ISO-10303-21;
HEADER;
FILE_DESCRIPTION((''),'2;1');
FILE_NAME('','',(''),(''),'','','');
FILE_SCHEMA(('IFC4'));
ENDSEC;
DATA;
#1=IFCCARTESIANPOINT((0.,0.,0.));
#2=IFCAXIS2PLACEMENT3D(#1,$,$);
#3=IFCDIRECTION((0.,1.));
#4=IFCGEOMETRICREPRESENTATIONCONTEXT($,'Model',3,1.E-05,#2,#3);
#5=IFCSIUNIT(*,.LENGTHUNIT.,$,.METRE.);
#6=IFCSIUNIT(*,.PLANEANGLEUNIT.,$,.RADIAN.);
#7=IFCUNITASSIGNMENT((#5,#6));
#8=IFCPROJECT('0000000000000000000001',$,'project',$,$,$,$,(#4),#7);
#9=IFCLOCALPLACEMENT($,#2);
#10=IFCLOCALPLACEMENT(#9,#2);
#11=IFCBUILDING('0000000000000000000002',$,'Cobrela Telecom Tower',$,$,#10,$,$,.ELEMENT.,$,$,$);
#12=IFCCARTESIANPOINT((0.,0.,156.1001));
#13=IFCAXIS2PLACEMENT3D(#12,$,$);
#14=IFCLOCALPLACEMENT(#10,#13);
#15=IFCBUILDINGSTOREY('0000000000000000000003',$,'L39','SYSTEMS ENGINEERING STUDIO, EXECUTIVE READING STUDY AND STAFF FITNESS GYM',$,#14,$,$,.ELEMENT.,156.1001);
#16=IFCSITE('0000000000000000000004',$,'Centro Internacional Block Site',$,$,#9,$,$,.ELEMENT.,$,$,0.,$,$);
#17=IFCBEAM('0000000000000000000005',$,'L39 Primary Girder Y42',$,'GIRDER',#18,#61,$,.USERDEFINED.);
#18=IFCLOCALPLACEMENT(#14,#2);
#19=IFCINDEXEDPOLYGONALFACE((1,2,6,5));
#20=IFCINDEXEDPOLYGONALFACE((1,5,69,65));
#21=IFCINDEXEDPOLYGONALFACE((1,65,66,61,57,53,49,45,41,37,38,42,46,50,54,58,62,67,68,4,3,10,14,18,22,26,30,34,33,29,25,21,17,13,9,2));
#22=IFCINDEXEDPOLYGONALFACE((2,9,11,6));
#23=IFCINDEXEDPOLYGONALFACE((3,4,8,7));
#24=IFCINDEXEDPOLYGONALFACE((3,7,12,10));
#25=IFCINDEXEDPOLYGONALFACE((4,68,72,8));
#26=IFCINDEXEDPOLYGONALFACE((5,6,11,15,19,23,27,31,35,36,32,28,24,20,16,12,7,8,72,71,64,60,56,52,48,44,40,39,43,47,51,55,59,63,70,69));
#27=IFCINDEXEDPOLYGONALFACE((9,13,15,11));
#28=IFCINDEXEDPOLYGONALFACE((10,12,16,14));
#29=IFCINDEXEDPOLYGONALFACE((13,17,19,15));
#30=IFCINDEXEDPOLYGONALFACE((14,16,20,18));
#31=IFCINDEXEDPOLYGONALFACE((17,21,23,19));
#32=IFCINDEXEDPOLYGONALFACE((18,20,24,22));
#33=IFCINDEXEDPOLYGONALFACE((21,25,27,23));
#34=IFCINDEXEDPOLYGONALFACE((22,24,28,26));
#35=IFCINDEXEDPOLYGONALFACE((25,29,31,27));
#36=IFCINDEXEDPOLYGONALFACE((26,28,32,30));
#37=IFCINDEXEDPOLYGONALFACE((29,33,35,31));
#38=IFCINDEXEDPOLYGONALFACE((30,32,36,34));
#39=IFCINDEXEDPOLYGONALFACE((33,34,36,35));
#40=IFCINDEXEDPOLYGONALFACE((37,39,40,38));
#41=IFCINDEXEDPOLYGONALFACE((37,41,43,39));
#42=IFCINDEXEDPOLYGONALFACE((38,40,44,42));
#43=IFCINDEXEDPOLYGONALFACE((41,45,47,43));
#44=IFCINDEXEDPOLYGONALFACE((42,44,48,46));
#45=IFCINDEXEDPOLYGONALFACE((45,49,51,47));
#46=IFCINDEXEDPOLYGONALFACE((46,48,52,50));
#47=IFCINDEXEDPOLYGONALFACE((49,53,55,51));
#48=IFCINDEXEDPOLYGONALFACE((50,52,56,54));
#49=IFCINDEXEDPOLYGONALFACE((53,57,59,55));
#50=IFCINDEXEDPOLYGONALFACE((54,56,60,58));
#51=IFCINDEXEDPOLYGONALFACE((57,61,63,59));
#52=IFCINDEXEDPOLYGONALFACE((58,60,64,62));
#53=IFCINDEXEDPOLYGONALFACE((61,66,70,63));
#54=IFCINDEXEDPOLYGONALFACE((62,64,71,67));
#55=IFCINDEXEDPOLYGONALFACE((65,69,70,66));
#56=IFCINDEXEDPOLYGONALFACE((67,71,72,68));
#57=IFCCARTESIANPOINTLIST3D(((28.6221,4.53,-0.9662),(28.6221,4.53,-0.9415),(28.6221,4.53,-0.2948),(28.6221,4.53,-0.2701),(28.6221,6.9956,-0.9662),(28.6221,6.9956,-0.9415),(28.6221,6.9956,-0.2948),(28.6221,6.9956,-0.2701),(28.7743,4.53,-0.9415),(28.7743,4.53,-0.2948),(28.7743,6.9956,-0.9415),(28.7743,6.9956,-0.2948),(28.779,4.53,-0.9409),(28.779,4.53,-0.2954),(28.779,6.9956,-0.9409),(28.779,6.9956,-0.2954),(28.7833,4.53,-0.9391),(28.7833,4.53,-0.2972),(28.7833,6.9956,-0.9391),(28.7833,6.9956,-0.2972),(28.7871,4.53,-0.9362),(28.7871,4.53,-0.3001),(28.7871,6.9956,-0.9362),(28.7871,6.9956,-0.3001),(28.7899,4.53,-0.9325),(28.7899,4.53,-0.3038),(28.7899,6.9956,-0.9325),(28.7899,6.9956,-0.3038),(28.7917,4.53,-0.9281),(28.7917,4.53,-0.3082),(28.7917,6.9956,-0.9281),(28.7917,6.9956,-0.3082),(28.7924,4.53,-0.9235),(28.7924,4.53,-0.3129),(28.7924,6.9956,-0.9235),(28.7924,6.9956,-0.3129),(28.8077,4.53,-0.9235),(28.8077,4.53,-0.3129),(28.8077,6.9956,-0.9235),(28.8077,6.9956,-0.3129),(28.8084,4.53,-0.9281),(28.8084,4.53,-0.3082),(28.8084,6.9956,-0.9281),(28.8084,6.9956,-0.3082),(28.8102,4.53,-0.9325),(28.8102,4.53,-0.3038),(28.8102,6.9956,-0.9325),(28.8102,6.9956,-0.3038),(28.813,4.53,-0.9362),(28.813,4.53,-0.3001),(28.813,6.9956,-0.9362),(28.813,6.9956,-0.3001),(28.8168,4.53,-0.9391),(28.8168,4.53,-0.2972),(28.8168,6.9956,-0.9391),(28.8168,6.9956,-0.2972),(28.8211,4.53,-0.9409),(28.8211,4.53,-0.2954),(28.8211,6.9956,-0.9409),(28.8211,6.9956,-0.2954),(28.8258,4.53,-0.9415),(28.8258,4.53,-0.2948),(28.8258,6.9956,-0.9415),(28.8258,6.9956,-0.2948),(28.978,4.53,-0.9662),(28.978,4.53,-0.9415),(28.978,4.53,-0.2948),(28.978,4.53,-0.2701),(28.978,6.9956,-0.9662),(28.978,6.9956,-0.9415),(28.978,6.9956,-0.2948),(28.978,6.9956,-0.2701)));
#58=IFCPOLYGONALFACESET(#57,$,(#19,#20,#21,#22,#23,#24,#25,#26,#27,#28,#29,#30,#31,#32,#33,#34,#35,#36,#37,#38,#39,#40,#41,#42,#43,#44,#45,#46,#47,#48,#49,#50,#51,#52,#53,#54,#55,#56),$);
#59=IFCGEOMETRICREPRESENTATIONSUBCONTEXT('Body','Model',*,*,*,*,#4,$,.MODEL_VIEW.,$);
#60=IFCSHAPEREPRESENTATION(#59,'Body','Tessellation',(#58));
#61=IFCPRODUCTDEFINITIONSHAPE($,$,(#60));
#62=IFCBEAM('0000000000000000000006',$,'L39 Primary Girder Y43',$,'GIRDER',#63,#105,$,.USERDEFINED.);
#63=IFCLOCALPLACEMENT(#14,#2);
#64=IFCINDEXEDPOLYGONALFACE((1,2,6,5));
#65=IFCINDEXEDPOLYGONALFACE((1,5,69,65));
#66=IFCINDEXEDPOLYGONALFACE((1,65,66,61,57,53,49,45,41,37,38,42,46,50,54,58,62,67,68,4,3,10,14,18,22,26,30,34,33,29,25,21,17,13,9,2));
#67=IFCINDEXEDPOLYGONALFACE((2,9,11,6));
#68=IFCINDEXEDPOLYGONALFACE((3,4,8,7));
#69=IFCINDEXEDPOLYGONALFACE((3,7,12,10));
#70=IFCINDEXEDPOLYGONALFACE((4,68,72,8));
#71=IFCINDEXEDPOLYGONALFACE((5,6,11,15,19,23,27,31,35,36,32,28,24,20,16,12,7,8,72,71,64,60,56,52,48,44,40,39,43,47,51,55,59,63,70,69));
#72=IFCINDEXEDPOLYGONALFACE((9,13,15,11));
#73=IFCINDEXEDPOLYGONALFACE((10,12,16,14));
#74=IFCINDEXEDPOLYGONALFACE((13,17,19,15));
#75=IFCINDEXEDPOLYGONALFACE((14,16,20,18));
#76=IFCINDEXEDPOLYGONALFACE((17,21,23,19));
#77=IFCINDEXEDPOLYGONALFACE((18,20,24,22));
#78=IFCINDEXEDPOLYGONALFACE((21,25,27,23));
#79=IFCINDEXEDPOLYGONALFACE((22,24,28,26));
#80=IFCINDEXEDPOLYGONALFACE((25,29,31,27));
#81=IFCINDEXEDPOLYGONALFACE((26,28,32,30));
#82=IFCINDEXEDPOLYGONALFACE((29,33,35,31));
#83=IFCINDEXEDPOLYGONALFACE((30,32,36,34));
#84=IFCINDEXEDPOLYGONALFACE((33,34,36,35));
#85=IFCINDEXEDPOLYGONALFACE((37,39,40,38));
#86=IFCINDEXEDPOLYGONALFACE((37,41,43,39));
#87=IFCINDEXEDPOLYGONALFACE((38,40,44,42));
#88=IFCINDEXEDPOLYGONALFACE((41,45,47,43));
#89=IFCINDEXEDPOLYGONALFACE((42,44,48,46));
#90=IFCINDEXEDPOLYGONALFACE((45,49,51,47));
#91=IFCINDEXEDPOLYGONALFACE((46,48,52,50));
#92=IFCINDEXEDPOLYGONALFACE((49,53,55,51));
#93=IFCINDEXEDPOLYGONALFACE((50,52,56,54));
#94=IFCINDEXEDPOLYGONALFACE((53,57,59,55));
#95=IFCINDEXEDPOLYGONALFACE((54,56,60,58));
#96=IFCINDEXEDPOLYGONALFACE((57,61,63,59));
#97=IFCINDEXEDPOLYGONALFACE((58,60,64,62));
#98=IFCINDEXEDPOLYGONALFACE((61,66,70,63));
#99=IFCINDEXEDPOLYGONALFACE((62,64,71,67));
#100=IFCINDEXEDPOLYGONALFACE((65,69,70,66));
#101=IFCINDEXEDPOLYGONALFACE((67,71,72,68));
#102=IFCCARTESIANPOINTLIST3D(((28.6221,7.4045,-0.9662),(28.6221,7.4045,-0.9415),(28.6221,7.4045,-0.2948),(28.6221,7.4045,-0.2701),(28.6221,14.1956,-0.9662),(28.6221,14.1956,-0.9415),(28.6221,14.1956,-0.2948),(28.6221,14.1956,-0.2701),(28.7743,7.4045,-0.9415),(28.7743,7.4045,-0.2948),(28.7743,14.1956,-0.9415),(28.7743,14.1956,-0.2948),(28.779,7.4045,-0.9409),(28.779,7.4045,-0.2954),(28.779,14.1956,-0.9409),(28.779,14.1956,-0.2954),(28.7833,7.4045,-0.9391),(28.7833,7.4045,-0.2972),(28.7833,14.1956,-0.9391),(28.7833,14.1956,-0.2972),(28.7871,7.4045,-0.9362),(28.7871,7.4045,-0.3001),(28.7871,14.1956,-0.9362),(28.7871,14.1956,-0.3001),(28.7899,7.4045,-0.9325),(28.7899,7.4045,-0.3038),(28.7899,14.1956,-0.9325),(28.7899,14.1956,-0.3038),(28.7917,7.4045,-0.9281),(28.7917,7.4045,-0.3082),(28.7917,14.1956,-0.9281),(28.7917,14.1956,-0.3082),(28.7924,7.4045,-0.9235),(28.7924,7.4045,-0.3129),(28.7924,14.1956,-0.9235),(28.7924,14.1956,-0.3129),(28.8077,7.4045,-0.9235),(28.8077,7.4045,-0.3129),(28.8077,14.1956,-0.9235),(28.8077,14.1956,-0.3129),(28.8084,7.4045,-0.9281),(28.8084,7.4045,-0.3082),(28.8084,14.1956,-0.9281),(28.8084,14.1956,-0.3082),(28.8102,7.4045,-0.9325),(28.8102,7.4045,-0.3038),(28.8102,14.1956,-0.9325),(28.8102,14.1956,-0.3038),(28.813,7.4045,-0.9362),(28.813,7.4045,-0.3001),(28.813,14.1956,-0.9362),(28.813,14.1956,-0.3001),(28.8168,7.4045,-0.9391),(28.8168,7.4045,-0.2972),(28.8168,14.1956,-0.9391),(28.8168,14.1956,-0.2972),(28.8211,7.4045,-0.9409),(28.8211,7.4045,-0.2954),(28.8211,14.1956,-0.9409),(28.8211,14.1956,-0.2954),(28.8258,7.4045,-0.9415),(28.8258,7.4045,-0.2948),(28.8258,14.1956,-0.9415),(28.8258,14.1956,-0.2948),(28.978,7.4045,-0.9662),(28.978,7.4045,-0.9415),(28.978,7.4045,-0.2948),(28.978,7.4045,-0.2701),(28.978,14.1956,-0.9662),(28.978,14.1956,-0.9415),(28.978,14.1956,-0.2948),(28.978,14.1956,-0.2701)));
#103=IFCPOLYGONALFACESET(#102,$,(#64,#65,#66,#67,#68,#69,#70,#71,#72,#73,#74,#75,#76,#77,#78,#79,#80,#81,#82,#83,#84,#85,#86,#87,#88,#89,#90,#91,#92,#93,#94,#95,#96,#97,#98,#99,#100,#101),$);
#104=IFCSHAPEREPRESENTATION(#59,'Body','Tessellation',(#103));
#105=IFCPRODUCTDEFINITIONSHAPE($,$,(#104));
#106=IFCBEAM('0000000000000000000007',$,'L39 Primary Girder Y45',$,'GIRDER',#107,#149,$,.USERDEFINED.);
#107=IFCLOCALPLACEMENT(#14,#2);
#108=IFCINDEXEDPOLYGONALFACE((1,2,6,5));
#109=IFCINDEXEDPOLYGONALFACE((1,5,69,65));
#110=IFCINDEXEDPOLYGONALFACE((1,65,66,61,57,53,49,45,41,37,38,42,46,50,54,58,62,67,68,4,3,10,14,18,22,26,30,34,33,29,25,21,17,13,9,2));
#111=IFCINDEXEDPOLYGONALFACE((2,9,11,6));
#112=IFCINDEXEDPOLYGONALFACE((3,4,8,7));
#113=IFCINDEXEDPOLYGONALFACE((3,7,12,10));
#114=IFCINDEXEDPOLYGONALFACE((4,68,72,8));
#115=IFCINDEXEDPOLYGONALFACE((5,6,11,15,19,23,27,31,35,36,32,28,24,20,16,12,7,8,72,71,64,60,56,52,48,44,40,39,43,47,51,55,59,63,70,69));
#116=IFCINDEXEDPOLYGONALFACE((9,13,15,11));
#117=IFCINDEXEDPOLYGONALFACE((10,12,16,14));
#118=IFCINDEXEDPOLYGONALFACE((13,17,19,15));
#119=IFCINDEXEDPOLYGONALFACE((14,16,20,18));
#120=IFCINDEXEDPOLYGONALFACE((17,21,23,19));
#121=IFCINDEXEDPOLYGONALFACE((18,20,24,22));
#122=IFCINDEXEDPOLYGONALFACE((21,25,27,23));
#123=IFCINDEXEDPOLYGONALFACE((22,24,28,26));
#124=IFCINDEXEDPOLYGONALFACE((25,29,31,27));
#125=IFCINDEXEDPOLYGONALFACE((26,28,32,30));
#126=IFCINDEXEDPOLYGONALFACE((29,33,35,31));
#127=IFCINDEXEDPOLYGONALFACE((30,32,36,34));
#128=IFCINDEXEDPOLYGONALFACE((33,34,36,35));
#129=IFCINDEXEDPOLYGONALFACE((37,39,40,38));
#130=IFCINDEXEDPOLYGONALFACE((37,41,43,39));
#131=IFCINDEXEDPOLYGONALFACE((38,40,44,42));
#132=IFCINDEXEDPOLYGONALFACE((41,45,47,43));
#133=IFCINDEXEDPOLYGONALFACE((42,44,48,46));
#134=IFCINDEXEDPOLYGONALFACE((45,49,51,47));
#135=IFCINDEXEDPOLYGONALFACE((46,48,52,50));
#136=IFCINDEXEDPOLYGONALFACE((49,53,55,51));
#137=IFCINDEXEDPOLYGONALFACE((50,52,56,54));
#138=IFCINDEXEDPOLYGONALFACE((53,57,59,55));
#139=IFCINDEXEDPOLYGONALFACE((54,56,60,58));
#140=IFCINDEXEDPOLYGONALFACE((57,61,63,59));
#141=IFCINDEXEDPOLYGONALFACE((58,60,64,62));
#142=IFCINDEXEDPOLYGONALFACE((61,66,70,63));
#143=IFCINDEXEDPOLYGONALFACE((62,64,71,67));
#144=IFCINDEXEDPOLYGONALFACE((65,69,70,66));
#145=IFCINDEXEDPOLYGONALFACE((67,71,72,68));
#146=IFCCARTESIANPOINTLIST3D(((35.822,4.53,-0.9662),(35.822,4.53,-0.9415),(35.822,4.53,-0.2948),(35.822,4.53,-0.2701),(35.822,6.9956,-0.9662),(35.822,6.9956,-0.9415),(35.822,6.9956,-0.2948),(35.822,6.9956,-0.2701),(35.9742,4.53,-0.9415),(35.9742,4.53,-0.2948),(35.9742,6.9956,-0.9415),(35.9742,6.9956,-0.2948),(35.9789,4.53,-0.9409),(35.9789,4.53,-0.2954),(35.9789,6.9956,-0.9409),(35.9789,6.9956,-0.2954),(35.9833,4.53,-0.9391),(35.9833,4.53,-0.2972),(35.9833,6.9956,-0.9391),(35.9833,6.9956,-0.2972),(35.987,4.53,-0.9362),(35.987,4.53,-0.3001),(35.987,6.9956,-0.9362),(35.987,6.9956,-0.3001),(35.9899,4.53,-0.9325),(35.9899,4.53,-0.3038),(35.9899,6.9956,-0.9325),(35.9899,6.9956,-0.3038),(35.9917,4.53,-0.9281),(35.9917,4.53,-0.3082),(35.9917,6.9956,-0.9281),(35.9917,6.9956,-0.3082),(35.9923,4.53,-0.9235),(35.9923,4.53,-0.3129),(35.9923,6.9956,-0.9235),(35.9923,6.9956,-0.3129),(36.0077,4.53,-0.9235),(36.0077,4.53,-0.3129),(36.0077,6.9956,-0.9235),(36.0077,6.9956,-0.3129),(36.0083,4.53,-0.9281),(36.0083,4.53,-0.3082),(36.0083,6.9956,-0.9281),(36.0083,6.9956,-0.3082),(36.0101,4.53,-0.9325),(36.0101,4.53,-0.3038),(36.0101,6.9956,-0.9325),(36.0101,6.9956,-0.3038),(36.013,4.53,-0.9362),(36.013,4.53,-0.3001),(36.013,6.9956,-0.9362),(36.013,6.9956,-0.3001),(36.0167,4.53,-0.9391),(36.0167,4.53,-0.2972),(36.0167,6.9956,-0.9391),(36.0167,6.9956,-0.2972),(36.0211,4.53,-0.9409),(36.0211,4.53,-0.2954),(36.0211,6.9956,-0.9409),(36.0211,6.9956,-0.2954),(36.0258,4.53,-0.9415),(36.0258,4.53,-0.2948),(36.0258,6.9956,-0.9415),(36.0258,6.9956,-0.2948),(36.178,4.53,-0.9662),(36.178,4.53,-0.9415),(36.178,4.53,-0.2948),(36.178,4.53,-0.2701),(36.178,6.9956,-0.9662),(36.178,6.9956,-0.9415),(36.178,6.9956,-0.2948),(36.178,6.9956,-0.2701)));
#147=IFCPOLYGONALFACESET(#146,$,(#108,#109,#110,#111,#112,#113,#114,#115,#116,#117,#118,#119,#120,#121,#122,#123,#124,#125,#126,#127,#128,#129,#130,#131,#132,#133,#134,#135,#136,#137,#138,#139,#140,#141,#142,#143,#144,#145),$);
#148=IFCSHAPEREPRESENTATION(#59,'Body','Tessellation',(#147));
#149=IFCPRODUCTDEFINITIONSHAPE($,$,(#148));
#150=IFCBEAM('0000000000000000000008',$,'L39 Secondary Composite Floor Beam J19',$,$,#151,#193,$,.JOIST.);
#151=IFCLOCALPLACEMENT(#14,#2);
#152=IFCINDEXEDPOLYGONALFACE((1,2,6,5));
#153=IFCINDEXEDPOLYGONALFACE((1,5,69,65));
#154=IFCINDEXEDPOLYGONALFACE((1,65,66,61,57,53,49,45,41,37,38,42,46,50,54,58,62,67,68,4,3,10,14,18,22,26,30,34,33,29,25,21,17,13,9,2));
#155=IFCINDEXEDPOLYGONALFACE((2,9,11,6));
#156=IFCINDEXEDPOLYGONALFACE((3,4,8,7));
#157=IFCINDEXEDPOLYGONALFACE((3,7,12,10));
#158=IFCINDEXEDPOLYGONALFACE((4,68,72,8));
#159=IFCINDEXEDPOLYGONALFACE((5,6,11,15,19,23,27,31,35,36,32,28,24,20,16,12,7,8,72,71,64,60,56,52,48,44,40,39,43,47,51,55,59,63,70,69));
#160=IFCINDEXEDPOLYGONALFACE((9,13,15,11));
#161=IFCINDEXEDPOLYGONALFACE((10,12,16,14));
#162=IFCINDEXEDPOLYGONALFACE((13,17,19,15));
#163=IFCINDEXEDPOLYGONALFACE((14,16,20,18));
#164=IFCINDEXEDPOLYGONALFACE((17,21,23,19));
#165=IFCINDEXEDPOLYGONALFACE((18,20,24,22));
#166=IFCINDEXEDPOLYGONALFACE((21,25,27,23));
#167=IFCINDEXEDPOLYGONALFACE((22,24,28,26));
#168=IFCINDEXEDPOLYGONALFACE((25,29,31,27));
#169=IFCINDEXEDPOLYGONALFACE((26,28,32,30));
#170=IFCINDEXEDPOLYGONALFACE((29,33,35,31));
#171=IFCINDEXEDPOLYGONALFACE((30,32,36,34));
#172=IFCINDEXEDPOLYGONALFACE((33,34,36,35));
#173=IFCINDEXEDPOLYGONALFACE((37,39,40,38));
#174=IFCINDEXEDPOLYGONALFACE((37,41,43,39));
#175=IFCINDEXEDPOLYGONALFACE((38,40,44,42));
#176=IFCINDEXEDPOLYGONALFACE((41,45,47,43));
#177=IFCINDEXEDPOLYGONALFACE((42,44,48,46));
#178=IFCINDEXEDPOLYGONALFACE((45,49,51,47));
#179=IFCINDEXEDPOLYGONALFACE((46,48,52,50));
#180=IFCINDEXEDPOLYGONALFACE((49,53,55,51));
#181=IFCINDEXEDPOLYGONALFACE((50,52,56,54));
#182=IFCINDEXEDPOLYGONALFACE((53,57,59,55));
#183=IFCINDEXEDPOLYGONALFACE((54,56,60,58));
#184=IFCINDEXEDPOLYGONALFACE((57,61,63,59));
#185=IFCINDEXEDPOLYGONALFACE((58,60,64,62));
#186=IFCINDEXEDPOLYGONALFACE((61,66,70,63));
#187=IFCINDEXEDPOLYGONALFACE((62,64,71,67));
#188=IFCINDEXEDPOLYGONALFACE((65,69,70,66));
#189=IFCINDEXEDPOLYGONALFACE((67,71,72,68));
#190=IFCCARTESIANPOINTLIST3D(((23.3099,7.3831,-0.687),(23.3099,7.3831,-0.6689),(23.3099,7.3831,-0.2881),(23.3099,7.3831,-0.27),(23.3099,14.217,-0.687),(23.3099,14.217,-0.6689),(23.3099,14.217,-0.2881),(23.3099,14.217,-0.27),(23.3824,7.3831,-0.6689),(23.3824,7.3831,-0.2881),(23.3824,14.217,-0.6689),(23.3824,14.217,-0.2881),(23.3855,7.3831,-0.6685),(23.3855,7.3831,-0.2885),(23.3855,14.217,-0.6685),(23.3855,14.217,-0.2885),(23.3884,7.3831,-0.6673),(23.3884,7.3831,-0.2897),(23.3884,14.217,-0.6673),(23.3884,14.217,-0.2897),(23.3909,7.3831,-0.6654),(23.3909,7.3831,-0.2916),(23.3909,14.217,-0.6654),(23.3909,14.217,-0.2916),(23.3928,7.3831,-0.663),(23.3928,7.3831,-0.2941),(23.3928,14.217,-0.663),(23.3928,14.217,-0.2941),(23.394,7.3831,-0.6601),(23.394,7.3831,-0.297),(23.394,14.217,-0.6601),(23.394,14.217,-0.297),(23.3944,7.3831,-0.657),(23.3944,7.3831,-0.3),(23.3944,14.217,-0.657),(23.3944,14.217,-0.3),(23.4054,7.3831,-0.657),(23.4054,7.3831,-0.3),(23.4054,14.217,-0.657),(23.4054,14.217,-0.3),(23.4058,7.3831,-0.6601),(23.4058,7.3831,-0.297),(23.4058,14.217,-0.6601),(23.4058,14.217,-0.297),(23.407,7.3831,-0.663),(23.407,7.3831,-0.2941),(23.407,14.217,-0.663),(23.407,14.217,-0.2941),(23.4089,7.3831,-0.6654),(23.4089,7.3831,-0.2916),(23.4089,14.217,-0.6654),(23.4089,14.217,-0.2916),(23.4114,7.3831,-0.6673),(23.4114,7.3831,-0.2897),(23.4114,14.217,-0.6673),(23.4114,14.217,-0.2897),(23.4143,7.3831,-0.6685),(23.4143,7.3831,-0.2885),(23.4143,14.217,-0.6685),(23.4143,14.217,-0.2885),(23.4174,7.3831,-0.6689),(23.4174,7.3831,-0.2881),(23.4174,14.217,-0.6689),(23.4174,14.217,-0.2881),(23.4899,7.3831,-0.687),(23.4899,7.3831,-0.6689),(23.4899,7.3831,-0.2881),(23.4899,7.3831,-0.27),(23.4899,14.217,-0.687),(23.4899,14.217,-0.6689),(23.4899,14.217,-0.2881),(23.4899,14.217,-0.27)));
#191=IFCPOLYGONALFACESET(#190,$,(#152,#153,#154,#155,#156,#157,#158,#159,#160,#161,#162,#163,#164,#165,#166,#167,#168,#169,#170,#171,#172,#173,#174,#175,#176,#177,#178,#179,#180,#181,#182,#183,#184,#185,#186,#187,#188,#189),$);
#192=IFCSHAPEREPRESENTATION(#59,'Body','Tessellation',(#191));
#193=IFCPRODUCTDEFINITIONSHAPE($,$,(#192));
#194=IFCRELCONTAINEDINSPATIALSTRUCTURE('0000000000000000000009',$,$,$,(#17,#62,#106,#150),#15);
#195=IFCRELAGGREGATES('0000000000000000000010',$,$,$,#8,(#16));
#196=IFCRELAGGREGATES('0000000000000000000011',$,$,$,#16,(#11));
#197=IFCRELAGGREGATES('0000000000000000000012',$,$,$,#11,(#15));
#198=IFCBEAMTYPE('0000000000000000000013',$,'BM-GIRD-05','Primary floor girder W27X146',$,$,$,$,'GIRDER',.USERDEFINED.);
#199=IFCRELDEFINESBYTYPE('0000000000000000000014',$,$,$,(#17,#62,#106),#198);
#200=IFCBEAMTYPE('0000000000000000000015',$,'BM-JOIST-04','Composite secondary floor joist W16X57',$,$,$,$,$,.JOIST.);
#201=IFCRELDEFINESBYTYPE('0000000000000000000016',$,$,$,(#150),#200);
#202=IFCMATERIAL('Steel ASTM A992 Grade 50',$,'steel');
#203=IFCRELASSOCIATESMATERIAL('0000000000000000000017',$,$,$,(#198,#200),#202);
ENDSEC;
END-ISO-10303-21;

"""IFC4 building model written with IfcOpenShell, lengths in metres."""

from ifc_helpers import new_model, si_unit, direction, frame, origin, origin_2d, place, context, subcontext, project, spatial, i_section, extrude, material, material_profile, profile_set, type_object, element, save


model = new_model("IFC4")

# Units and contexts
model_context = context("Model", 3, precision=1e-05, world=origin(), true_north=direction((0.0, 1.0)))
body_context = subcontext(model_context, "Body", "Model", "MODEL_VIEW")
ifc_project = project(units=[si_unit("LENGTHUNIT", "METRE"), si_unit("PLANEANGLEUNIT", "RADIAN")], contexts=[model_context])

# Site, building, storey
site_placement = place(None, origin())
site = spatial("IfcSite", under=ifc_project, at=site_placement, Name="Centro Internacional Block Site", CompositionType="ELEMENT", RefElevation=0.0)
building_placement = place(site_placement, origin())
building = spatial("IfcBuilding", under=site, at=building_placement, Name="Cobrela Telecom Tower", CompositionType="ELEMENT")
storey_placement = place(building_placement, frame((0.0, 0.0, 156.1001)))
storey = spatial("IfcBuildingStorey", under=building, at=storey_placement, Name="L39", Description="SYSTEMS ENGINEERING STUDIO, EXECUTIVE READING STUDY AND STAFF FITNESS GYM", CompositionType="ELEMENT", Elevation=156.1001)

# Shared definitions
ifc_material_1 = material(Name="Steel ASTM A992 Grade 50", Category="steel")

# Beams
ifc_material_profile_1 = material_profile(ifc_material_1, i_section(OverallWidth=0.356, OverallDepth=0.696, WebThickness=0.0154, FlangeThickness=0.0247, FilletRadius=0.0181, at=origin_2d()), Name="W27X146")
ifc_profile_set_1 = profile_set([ifc_material_profile_1], Name="Steel ASTM A992 Grade 50")
beam_type_1 = type_object("IfcBeamType", Name="BM-GIRD-05", Description="Primary floor girder W27X146", ElementType="GIRDER", PredefinedType="USERDEFINED", material=ifc_profile_set_1)
beam_1_placement = place(storey_placement, frame((28.8, 4.53, -0.6182), z_axis=(0.0, 1.0, 0.0), x_axis=(-1.0, 0.0, 0.0)))
element("IfcBeam", 1, at=beam_1_placement, inside=storey, type_object=beam_type_1, Name="L39 Primary Girder Y42", ObjectType="GIRDER", PredefinedType="USERDEFINED", context=body_context, shape_type="SweptSolid", body=[
    extrude(i_section(OverallWidth=0.356, OverallDepth=0.696, WebThickness=0.0154, FlangeThickness=0.0247, FilletRadius=0.0181, at=origin_2d()), origin(), (0.0, 0.0, 1.0), 2.4656),
])
beam_2_placement = place(storey_placement, frame((28.8, 7.4045, -0.6182), z_axis=(0.0, 1.0, 0.0), x_axis=(-1.0, 0.0, 0.0)))
element("IfcBeam", 2, at=beam_2_placement, inside=storey, type_object=beam_type_1, Name="L39 Primary Girder Y43", ObjectType="GIRDER", PredefinedType="USERDEFINED", context=body_context, shape_type="SweptSolid", body=[
    extrude(i_section(OverallWidth=0.356, OverallDepth=0.696, WebThickness=0.0154, FlangeThickness=0.0247, FilletRadius=0.0181, at=origin_2d()), origin(), (0.0, 0.0, 1.0), 6.791),
])
beam_3_placement = place(storey_placement, frame((36.0, 4.53, -0.6182), z_axis=(0.0, 1.0, 0.0), x_axis=(-1.0, 0.0, 0.0)))
element("IfcBeam", 3, at=beam_3_placement, inside=storey, type_object=beam_type_1, Name="L39 Primary Girder Y45", ObjectType="GIRDER", PredefinedType="USERDEFINED", context=body_context, shape_type="SweptSolid", body=[
    extrude(i_section(OverallWidth=0.356, OverallDepth=0.696, WebThickness=0.0154, FlangeThickness=0.0247, FilletRadius=0.0181, at=origin_2d()), origin(), (0.0, 0.0, 1.0), 2.4656),
])
ifc_material_profile_2 = material_profile(ifc_material_1, i_section(OverallWidth=0.1799, OverallDepth=0.417, WebThickness=0.011, FlangeThickness=0.0181, FilletRadius=0.012, at=origin_2d()), Name="W16X57")
ifc_profile_set_2 = profile_set([ifc_material_profile_2], Name="Steel ASTM A992 Grade 50")
beam_type_2 = type_object("IfcBeamType", Name="BM-JOIST-04", Description="Composite secondary floor joist W16X57", PredefinedType="JOIST", material=ifc_profile_set_2)
for number, where, z_axis, x_axis, name in (
    (4, (23.3999, 7.3831, -0.4785), (0.0, 1.0, 0.0), (-1.0, 0.0, 0.0), "L39 Secondary Composite Floor Beam J19"),
):
    element("IfcBeam", number, at=place(storey_placement, frame(where, z_axis=z_axis, x_axis=x_axis)), inside=storey, type_object=beam_type_2, Name=name, PredefinedType="JOIST", context=body_context, shape_type="SweptSolid", body=[
        extrude(i_section(OverallWidth=0.1799, OverallDepth=0.417, WebThickness=0.011, FlangeThickness=0.0181, FilletRadius=0.012, at=origin_2d()), origin(), (0.0, 0.0, 1.0), 6.834),
    ])

save(model, "model.ifc")
